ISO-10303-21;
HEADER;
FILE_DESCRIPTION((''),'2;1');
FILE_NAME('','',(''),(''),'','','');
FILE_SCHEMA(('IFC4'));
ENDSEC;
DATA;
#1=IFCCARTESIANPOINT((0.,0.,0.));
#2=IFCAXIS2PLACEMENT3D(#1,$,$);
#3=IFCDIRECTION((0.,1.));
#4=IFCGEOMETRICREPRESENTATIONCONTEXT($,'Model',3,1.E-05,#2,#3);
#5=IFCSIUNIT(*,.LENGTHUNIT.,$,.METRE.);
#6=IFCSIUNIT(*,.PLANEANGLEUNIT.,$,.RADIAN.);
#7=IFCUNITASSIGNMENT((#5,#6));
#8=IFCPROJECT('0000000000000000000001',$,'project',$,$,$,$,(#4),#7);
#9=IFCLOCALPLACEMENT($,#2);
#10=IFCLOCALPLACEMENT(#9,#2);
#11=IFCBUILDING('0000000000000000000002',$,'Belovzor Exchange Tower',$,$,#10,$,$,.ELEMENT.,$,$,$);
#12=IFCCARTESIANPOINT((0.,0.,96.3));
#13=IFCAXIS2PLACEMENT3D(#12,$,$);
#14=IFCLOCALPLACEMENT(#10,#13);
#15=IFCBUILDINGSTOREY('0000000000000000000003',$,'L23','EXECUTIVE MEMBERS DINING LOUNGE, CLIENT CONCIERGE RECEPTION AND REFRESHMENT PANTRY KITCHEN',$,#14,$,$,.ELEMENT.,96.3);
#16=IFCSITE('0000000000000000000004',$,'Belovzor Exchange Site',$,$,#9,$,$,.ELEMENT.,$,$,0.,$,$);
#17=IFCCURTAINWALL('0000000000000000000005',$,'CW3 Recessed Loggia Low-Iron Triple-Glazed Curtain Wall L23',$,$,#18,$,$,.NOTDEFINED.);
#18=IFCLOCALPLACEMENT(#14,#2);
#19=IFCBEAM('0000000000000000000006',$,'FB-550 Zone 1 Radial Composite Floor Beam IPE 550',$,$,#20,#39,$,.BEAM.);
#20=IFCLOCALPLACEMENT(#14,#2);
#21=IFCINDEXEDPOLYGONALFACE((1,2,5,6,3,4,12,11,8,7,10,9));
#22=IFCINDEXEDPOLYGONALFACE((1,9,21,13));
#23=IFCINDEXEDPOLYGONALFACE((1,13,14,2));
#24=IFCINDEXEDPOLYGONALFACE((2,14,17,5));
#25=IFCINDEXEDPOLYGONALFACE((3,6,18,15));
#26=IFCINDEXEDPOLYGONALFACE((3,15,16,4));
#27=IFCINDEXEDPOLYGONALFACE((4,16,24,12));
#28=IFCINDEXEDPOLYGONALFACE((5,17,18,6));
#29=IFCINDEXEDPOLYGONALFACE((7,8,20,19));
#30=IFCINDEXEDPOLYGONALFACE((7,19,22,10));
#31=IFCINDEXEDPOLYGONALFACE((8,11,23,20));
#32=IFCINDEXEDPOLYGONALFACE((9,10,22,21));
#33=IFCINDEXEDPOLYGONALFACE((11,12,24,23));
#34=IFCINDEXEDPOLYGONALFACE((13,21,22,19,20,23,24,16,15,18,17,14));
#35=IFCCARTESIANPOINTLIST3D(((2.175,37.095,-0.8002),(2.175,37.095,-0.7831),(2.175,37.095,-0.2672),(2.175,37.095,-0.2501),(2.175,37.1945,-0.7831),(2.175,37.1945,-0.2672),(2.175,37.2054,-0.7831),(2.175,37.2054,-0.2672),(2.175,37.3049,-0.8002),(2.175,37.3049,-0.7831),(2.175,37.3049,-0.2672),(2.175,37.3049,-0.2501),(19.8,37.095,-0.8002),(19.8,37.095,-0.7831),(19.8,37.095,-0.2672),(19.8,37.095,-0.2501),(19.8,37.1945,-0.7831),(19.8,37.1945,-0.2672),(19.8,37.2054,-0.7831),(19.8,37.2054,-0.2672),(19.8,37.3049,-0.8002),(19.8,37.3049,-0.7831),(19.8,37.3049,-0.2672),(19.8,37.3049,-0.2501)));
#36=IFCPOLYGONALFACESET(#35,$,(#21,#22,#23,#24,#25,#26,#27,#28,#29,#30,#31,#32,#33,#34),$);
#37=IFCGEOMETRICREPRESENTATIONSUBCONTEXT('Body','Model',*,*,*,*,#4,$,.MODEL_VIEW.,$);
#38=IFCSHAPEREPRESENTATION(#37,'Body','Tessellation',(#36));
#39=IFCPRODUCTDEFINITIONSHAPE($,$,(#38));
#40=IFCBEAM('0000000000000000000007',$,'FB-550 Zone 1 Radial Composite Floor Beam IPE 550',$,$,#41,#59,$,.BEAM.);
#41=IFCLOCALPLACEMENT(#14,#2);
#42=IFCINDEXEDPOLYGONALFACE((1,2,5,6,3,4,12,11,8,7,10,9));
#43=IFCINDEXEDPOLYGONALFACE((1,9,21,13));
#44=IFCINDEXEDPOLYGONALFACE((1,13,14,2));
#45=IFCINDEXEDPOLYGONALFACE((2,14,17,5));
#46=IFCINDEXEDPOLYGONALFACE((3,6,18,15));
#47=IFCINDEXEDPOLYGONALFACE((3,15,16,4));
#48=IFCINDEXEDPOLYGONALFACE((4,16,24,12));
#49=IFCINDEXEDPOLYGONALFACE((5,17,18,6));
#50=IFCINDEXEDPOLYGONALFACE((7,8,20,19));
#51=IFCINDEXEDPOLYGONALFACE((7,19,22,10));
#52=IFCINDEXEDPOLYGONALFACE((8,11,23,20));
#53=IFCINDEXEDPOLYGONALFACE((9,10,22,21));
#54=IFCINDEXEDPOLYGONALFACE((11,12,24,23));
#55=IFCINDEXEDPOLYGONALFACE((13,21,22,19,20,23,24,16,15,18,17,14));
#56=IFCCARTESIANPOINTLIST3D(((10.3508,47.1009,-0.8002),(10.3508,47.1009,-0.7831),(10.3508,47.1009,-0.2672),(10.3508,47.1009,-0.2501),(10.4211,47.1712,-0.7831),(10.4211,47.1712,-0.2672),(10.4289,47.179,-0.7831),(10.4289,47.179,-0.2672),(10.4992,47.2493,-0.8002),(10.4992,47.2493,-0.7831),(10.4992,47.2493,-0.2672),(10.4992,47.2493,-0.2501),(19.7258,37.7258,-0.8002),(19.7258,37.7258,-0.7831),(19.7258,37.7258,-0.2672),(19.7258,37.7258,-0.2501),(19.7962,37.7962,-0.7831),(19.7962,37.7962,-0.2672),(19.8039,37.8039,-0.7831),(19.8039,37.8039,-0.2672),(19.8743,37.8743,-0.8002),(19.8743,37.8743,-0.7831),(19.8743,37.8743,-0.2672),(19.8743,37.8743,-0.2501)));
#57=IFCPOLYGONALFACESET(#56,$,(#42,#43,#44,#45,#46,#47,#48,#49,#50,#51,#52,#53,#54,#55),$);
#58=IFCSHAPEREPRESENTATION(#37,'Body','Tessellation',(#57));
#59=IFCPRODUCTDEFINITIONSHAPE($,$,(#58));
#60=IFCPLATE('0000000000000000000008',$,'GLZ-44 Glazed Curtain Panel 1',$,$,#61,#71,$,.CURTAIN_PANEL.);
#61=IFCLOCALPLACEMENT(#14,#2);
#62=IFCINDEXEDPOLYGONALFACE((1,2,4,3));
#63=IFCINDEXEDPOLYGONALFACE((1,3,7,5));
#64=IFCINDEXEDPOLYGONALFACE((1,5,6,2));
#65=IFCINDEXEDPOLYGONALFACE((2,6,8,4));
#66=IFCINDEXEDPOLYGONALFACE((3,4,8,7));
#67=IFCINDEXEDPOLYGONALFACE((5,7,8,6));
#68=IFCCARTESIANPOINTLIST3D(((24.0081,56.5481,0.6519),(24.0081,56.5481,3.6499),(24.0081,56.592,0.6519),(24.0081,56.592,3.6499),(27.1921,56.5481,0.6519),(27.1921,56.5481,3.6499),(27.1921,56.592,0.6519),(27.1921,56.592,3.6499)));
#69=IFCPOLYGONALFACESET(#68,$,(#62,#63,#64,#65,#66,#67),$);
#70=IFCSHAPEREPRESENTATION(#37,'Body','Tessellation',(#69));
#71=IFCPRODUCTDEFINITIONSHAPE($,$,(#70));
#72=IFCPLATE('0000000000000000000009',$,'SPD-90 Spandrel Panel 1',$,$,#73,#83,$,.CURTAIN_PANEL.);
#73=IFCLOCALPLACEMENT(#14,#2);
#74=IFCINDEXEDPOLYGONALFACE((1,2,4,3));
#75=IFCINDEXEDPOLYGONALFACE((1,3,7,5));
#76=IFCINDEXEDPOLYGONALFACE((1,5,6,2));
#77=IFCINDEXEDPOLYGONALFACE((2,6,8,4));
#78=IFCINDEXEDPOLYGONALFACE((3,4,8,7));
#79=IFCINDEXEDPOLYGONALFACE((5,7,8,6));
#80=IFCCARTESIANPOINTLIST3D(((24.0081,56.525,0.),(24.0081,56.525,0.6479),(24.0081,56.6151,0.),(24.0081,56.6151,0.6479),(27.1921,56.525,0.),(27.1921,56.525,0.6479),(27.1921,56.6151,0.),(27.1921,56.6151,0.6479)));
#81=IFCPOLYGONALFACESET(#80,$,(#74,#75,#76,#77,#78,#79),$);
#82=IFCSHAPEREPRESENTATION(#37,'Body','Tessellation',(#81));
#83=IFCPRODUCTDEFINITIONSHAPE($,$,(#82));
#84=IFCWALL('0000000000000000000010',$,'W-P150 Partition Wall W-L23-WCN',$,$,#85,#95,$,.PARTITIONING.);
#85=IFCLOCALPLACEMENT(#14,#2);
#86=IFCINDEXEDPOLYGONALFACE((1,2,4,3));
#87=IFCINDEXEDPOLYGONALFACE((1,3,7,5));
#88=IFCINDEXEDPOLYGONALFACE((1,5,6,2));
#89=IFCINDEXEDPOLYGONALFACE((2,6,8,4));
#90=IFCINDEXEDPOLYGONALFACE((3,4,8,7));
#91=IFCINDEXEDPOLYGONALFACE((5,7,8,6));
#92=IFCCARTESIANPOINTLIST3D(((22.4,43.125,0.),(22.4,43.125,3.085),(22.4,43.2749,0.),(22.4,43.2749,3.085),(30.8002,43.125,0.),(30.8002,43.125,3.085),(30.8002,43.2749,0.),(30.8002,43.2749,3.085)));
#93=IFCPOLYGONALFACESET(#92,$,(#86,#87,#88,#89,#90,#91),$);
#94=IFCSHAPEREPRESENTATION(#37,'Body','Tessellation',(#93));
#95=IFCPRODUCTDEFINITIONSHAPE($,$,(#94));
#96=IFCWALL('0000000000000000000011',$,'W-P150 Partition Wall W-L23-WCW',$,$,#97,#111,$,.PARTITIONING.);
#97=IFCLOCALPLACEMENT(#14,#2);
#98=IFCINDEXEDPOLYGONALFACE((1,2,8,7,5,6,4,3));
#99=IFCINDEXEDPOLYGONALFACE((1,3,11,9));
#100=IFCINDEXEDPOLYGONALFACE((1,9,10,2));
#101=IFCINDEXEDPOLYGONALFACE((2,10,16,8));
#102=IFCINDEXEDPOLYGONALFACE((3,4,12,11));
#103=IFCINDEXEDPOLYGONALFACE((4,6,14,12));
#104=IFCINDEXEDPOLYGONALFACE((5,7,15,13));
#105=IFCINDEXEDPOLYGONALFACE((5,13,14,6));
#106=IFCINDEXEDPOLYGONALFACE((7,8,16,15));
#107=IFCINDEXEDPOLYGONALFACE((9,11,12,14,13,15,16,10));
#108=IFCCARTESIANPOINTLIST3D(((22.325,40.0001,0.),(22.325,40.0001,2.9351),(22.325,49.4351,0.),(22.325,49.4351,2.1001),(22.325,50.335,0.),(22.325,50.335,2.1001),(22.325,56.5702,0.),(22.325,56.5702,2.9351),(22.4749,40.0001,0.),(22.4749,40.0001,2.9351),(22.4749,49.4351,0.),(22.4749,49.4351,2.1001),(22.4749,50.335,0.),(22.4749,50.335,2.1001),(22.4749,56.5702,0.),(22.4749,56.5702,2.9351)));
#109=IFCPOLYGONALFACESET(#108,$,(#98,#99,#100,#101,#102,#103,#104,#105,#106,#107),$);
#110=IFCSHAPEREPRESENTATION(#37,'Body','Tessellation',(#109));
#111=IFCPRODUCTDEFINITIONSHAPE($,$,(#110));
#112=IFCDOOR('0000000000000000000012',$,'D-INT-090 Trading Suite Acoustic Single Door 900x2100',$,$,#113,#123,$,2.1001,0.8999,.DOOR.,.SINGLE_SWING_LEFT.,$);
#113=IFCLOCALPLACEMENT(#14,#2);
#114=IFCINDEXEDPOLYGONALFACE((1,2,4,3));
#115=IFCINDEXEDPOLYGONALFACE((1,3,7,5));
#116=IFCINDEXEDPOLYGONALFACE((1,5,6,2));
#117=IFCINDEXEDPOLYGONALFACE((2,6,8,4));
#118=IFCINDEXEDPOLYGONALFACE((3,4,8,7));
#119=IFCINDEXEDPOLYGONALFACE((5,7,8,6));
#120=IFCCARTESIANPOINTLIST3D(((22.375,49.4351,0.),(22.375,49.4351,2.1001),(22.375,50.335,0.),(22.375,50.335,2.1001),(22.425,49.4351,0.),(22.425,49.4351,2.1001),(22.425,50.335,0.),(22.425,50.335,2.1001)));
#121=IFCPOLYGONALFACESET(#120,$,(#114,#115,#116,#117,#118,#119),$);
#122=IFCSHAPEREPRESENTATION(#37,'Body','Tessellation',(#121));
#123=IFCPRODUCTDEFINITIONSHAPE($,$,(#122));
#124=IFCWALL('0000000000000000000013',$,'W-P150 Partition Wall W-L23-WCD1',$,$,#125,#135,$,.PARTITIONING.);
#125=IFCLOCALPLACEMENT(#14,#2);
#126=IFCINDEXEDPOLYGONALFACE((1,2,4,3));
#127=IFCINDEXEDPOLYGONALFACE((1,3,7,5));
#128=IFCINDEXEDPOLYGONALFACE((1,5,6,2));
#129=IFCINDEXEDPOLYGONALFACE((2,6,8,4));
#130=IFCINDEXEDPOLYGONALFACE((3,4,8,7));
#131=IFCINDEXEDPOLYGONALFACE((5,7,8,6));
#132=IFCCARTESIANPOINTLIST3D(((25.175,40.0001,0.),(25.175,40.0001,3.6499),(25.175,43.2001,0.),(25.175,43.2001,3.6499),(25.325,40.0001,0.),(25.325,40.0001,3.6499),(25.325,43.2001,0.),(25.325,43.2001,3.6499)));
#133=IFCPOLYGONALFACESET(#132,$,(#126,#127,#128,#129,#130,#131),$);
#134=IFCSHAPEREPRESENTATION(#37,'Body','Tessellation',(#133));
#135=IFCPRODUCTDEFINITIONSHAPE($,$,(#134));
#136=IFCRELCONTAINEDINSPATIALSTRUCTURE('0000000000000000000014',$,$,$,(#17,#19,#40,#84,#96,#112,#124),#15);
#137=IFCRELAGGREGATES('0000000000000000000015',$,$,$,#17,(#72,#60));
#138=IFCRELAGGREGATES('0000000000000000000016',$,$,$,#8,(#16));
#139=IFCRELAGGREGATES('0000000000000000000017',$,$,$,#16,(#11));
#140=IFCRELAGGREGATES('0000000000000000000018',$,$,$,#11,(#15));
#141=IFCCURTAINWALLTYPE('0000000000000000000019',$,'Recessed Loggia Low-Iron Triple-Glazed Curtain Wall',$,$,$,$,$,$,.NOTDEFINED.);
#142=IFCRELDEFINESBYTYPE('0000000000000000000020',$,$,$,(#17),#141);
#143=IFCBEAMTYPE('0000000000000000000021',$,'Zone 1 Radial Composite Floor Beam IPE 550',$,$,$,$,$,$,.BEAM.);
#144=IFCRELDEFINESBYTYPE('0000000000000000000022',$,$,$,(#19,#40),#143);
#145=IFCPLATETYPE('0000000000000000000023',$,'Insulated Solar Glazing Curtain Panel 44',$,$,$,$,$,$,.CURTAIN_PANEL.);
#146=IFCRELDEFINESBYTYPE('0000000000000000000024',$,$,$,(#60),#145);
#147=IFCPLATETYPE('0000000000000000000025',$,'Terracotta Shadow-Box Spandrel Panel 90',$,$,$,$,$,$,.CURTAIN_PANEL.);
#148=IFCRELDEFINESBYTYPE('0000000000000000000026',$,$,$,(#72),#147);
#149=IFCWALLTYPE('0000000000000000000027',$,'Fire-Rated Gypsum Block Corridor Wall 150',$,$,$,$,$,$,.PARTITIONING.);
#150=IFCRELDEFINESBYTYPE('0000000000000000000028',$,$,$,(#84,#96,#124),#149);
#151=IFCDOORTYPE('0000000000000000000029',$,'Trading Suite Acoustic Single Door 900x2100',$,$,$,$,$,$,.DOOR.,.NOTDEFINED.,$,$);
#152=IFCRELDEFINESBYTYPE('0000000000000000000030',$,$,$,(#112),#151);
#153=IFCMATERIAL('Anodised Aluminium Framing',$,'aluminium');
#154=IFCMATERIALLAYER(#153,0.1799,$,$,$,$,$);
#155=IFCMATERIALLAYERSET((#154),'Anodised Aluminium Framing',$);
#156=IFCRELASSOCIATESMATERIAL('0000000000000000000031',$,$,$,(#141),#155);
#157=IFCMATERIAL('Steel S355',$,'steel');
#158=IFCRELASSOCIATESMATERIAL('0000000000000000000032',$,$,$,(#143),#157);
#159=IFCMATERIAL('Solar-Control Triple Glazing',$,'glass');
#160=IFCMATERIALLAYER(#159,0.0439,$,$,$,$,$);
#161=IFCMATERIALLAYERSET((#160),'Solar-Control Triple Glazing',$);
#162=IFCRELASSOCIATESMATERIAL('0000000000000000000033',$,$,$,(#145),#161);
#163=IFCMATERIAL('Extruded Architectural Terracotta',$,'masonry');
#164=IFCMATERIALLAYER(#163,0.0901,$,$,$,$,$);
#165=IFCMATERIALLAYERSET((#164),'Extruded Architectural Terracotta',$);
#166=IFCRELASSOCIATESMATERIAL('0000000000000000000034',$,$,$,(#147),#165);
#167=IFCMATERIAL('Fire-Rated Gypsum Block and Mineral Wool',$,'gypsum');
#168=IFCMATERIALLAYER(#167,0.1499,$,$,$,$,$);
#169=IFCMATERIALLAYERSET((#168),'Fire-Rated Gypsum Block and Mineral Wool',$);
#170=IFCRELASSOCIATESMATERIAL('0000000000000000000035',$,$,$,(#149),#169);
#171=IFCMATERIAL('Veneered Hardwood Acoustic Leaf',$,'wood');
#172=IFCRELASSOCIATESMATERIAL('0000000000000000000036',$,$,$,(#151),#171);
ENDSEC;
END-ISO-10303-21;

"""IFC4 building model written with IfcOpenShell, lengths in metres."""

from ifc_helpers import new_model, si_unit, direction, frame, frame_2d, origin, origin_2d, place, context, subcontext, project, spatial, rectangle, i_section, extrude, material, layer, layer_set, material_profile, profile_set, type_object, element, fill, aggregate, save


model = new_model("IFC4")

# Units and contexts
model_context = context("Model", 3, precision=1e-05, world=origin(), true_north=direction((0.0, 1.0)))
body_context = subcontext(model_context, "Body", "Model", "MODEL_VIEW")
ifc_project = project(units=[si_unit("LENGTHUNIT", "METRE"), si_unit("PLANEANGLEUNIT", "RADIAN")], contexts=[model_context])

# Site, building, storey
site_placement = place(None, origin())
site = spatial("IfcSite", under=ifc_project, at=site_placement, Name="Belovzor Exchange Site", CompositionType="ELEMENT", RefElevation=0.0)
building_placement = place(site_placement, origin())
building = spatial("IfcBuilding", under=site, at=building_placement, Name="Belovzor Exchange Tower", CompositionType="ELEMENT")
storey_placement = place(building_placement, frame((0.0, 0.0, 96.3)))
storey = spatial("IfcBuildingStorey", under=building, at=storey_placement, Name="L23", Description="EXECUTIVE MEMBERS DINING LOUNGE, CLIENT CONCIERGE RECEPTION AND REFRESHMENT PANTRY KITCHEN", CompositionType="ELEMENT", Elevation=96.3)

# Curtain wall
ifc_material_1 = material(Name="Anodised Aluminium Framing", Category="aluminium")
ifc_layer_1 = layer(ifc_material_1, 0.1799)
ifc_layer_set_1 = layer_set([ifc_layer_1], Name="Anodised Aluminium Framing")
curtain_wall_type = type_object("IfcCurtainWallType", Name="Recessed Loggia Low-Iron Triple-Glazed Curtain Wall", PredefinedType="NOTDEFINED", material=ifc_layer_set_1)
curtain_wall_placement = place(storey_placement, origin())
curtain_wall = element("IfcCurtainWall", 1, at=curtain_wall_placement, inside=storey, type_object=curtain_wall_type, Name="CW3 Recessed Loggia Low-Iron Triple-Glazed Curtain Wall L23", PredefinedType="NOTDEFINED")

# Beams
ifc_material_2 = material(Name="Steel S355", Category="steel")
ifc_material_profile_1 = material_profile(ifc_material_2, i_section(OverallWidth=0.21, OverallDepth=0.55, WebThickness=0.011, FlangeThickness=0.0171, at=origin_2d()))
ifc_profile_set_1 = profile_set([ifc_material_profile_1], Name="Steel S355")
beam_type_1 = type_object("IfcBeamType", Name="Zone 1 Radial Composite Floor Beam IPE 550", PredefinedType="BEAM", material=ifc_profile_set_1)
for number, where, z_axis, x_axis, name in (
    (2, (19.8, 37.2, -0.5251), (-1.0, 0.0, 0.0), (0.0, -1.0, 0.0), "FB-550 Zone 1 Radial Composite Floor Beam IPE 550"),
):
    element("IfcBeam", number, at=place(storey_placement, frame(where, z_axis=z_axis, x_axis=x_axis)), inside=storey, type_object=beam_type_1, Name=name, PredefinedType="BEAM", context=body_context, shape_type="SweptSolid", body=[
        extrude(i_section(OverallWidth=0.21, OverallDepth=0.55, WebThickness=0.011, FlangeThickness=0.0171, at=origin_2d()), origin(), (0.0, 0.0, 1.0), 17.625),
    ])
beam_1_placement = place(storey_placement, frame((19.8, 37.8, -0.5251), z_axis=(-0.707107, 0.707107, 0.0), x_axis=(-0.707107, -0.707107, 0.0)))
element("IfcBeam", 3, at=beam_1_placement, inside=storey, type_object=beam_type_1, Name="FB-550 Zone 1 Radial Composite Floor Beam IPE 550", PredefinedType="BEAM", context=body_context, shape_type="SweptSolid", body=[
    extrude(i_section(OverallWidth=0.21, OverallDepth=0.55, WebThickness=0.011, FlangeThickness=0.0171, at=origin_2d()), origin(), (0.0, 0.0, 1.0), 13.2583),
])

# Plates
ifc_material_3 = material(Name="Solar-Control Triple Glazing", Category="glass")
ifc_layer_2 = layer(ifc_material_3, 0.0439)
ifc_layer_set_2 = layer_set([ifc_layer_2], Name="Solar-Control Triple Glazing")
plate_type_1 = type_object("IfcPlateType", Name="Insulated Solar Glazing Curtain Panel 44", PredefinedType="CURTAIN_PANEL", material=ifc_layer_set_2)
plate_1_placement = place(storey_placement, frame((25.6001, 56.5701, 0.6519), z_axis=(0.0, 0.0, 1.0), x_axis=(1.0, 0.0, 0.0)))
plate_1 = element("IfcPlate", 4, at=plate_1_placement, type_object=plate_type_1, Name="GLZ-44 Glazed Curtain Panel 1", PredefinedType="CURTAIN_PANEL", context=body_context, shape_type="SweptSolid", body=[
    extrude(rectangle(XDim=3.1841, YDim=0.0439, at=origin_2d()), origin(), (0.0, 0.0, 1.0), 2.998),
])
ifc_material_4 = material(Name="Extruded Architectural Terracotta", Category="masonry")
ifc_layer_3 = layer(ifc_material_4, 0.0901)
ifc_layer_set_3 = layer_set([ifc_layer_3], Name="Extruded Architectural Terracotta")
plate_type_2 = type_object("IfcPlateType", Name="Terracotta Shadow-Box Spandrel Panel 90", PredefinedType="CURTAIN_PANEL", material=ifc_layer_set_3)
plate_2_placement = place(storey_placement, frame((25.6001, 56.5701, 0.0), z_axis=(0.0, 0.0, 1.0), x_axis=(1.0, 0.0, 0.0)))
plate_2 = element("IfcPlate", 5, at=plate_2_placement, type_object=plate_type_2, Name="SPD-90 Spandrel Panel 1", PredefinedType="CURTAIN_PANEL", context=body_context, shape_type="SweptSolid", body=[
    extrude(rectangle(XDim=3.1841, YDim=0.0901, at=origin_2d()), origin(), (0.0, 0.0, 1.0), 0.6479),
])
aggregate(curtain_wall, [plate_2, plate_1])

# Wall
ifc_material_5 = material(Name="Fire-Rated Gypsum Block and Mineral Wool", Category="gypsum")
ifc_layer_4 = layer(ifc_material_5, 0.1499)
ifc_layer_set_4 = layer_set([ifc_layer_4], Name="Fire-Rated Gypsum Block and Mineral Wool")
wall_type_1 = type_object("IfcWallType", Name="Fire-Rated Gypsum Block Corridor Wall 150", PredefinedType="PARTITIONING", material=ifc_layer_set_4)
wall_1_placement = place(storey_placement, frame((22.3999, 43.2, 0.0), z_axis=(0.0, 0.0, 1.0), x_axis=(1.0, 0.0, 0.0)))
element("IfcWall", 6, at=wall_1_placement, inside=storey, type_object=wall_type_1, Name="W-P150 Partition Wall W-L23-WCN", PredefinedType="PARTITIONING", context=body_context, shape_type="SweptSolid", body=[
    extrude(rectangle(XDim=8.4001, YDim=0.1499, at=frame_2d((4.2002, 0.0))), origin(), (0.0, 0.0, 1.0), 3.085),
])

# Wall, opening, door
wall_2_placement = place(storey_placement, frame((22.3999, 40.0, 0.0), z_axis=(0.0, 0.0, 1.0), x_axis=(0.0, 1.0, 0.0)))
wall_2 = element("IfcWall", 7, at=wall_2_placement, inside=storey, type_object=wall_type_1, Name="W-P150 Partition Wall W-L23-WCW", PredefinedType="PARTITIONING", context=body_context, shape_type="SweptSolid", body=[
    extrude(rectangle(XDim=16.5701, YDim=0.1499, at=frame_2d((8.2852, 0.0))), origin(), (0.0, 0.0, 1.0), 2.9351),
])
opening_1_placement = place(wall_2_placement, frame((9.4351, 0.0, 0.0)))
opening_1 = element("IfcOpeningElement", 8, at=opening_1_placement, cuts=wall_2, PredefinedType="OPENING", context=body_context, shape_type="SweptSolid", body=[
    extrude(rectangle(XDim=0.8999, YDim=2.1001, at=frame_2d((0.45, 1.05))), frame((0.0, 0.085, 0.0), z_axis=(0.0, -1.0, 0.0), x_axis=(1.0, 0.0, 0.0)), (0.0, 0.0, 1.0), 0.1699),
])
ifc_material_6 = material(Name="Veneered Hardwood Acoustic Leaf", Category="wood")
door_type_1 = type_object("IfcDoorType", Name="Trading Suite Acoustic Single Door 900x2100", OperationType="NOTDEFINED", PredefinedType="DOOR", material=ifc_material_6)
door_1_placement = place(opening_1_placement, origin())
door_1 = element("IfcDoor", 9, at=door_1_placement, inside=storey, type_object=door_type_1, Name="D-INT-090 Trading Suite Acoustic Single Door 900x2100", OperationType="SINGLE_SWING_LEFT", OverallHeight=2.1001, OverallWidth=0.8999, PredefinedType="DOOR", context=body_context, shape_type="SweptSolid", body=[
    extrude(rectangle(XDim=0.8999, YDim=2.1001, at=frame_2d((0.45, 1.05))), frame((0.0, 0.0249, 0.0), z_axis=(0.0, -1.0, 0.0), x_axis=(1.0, 0.0, 0.0)), (0.0, 0.0, 1.0), 0.05),
])
fill(opening_1, door_1)

# Wall
wall_3_placement = place(storey_placement, frame((25.25, 40.0, 0.0), z_axis=(0.0, 0.0, 1.0), x_axis=(0.0, 1.0, 0.0)))
element("IfcWall", 10, at=wall_3_placement, inside=storey, type_object=wall_type_1, Name="W-P150 Partition Wall W-L23-WCD1", PredefinedType="PARTITIONING", context=body_context, shape_type="SweptSolid", body=[
    extrude(rectangle(XDim=3.2, YDim=0.1499, at=frame_2d((1.6001, 0.0))), origin(), (0.0, 0.0, 1.0), 3.6499),
])

save(model, "model.ifc")
